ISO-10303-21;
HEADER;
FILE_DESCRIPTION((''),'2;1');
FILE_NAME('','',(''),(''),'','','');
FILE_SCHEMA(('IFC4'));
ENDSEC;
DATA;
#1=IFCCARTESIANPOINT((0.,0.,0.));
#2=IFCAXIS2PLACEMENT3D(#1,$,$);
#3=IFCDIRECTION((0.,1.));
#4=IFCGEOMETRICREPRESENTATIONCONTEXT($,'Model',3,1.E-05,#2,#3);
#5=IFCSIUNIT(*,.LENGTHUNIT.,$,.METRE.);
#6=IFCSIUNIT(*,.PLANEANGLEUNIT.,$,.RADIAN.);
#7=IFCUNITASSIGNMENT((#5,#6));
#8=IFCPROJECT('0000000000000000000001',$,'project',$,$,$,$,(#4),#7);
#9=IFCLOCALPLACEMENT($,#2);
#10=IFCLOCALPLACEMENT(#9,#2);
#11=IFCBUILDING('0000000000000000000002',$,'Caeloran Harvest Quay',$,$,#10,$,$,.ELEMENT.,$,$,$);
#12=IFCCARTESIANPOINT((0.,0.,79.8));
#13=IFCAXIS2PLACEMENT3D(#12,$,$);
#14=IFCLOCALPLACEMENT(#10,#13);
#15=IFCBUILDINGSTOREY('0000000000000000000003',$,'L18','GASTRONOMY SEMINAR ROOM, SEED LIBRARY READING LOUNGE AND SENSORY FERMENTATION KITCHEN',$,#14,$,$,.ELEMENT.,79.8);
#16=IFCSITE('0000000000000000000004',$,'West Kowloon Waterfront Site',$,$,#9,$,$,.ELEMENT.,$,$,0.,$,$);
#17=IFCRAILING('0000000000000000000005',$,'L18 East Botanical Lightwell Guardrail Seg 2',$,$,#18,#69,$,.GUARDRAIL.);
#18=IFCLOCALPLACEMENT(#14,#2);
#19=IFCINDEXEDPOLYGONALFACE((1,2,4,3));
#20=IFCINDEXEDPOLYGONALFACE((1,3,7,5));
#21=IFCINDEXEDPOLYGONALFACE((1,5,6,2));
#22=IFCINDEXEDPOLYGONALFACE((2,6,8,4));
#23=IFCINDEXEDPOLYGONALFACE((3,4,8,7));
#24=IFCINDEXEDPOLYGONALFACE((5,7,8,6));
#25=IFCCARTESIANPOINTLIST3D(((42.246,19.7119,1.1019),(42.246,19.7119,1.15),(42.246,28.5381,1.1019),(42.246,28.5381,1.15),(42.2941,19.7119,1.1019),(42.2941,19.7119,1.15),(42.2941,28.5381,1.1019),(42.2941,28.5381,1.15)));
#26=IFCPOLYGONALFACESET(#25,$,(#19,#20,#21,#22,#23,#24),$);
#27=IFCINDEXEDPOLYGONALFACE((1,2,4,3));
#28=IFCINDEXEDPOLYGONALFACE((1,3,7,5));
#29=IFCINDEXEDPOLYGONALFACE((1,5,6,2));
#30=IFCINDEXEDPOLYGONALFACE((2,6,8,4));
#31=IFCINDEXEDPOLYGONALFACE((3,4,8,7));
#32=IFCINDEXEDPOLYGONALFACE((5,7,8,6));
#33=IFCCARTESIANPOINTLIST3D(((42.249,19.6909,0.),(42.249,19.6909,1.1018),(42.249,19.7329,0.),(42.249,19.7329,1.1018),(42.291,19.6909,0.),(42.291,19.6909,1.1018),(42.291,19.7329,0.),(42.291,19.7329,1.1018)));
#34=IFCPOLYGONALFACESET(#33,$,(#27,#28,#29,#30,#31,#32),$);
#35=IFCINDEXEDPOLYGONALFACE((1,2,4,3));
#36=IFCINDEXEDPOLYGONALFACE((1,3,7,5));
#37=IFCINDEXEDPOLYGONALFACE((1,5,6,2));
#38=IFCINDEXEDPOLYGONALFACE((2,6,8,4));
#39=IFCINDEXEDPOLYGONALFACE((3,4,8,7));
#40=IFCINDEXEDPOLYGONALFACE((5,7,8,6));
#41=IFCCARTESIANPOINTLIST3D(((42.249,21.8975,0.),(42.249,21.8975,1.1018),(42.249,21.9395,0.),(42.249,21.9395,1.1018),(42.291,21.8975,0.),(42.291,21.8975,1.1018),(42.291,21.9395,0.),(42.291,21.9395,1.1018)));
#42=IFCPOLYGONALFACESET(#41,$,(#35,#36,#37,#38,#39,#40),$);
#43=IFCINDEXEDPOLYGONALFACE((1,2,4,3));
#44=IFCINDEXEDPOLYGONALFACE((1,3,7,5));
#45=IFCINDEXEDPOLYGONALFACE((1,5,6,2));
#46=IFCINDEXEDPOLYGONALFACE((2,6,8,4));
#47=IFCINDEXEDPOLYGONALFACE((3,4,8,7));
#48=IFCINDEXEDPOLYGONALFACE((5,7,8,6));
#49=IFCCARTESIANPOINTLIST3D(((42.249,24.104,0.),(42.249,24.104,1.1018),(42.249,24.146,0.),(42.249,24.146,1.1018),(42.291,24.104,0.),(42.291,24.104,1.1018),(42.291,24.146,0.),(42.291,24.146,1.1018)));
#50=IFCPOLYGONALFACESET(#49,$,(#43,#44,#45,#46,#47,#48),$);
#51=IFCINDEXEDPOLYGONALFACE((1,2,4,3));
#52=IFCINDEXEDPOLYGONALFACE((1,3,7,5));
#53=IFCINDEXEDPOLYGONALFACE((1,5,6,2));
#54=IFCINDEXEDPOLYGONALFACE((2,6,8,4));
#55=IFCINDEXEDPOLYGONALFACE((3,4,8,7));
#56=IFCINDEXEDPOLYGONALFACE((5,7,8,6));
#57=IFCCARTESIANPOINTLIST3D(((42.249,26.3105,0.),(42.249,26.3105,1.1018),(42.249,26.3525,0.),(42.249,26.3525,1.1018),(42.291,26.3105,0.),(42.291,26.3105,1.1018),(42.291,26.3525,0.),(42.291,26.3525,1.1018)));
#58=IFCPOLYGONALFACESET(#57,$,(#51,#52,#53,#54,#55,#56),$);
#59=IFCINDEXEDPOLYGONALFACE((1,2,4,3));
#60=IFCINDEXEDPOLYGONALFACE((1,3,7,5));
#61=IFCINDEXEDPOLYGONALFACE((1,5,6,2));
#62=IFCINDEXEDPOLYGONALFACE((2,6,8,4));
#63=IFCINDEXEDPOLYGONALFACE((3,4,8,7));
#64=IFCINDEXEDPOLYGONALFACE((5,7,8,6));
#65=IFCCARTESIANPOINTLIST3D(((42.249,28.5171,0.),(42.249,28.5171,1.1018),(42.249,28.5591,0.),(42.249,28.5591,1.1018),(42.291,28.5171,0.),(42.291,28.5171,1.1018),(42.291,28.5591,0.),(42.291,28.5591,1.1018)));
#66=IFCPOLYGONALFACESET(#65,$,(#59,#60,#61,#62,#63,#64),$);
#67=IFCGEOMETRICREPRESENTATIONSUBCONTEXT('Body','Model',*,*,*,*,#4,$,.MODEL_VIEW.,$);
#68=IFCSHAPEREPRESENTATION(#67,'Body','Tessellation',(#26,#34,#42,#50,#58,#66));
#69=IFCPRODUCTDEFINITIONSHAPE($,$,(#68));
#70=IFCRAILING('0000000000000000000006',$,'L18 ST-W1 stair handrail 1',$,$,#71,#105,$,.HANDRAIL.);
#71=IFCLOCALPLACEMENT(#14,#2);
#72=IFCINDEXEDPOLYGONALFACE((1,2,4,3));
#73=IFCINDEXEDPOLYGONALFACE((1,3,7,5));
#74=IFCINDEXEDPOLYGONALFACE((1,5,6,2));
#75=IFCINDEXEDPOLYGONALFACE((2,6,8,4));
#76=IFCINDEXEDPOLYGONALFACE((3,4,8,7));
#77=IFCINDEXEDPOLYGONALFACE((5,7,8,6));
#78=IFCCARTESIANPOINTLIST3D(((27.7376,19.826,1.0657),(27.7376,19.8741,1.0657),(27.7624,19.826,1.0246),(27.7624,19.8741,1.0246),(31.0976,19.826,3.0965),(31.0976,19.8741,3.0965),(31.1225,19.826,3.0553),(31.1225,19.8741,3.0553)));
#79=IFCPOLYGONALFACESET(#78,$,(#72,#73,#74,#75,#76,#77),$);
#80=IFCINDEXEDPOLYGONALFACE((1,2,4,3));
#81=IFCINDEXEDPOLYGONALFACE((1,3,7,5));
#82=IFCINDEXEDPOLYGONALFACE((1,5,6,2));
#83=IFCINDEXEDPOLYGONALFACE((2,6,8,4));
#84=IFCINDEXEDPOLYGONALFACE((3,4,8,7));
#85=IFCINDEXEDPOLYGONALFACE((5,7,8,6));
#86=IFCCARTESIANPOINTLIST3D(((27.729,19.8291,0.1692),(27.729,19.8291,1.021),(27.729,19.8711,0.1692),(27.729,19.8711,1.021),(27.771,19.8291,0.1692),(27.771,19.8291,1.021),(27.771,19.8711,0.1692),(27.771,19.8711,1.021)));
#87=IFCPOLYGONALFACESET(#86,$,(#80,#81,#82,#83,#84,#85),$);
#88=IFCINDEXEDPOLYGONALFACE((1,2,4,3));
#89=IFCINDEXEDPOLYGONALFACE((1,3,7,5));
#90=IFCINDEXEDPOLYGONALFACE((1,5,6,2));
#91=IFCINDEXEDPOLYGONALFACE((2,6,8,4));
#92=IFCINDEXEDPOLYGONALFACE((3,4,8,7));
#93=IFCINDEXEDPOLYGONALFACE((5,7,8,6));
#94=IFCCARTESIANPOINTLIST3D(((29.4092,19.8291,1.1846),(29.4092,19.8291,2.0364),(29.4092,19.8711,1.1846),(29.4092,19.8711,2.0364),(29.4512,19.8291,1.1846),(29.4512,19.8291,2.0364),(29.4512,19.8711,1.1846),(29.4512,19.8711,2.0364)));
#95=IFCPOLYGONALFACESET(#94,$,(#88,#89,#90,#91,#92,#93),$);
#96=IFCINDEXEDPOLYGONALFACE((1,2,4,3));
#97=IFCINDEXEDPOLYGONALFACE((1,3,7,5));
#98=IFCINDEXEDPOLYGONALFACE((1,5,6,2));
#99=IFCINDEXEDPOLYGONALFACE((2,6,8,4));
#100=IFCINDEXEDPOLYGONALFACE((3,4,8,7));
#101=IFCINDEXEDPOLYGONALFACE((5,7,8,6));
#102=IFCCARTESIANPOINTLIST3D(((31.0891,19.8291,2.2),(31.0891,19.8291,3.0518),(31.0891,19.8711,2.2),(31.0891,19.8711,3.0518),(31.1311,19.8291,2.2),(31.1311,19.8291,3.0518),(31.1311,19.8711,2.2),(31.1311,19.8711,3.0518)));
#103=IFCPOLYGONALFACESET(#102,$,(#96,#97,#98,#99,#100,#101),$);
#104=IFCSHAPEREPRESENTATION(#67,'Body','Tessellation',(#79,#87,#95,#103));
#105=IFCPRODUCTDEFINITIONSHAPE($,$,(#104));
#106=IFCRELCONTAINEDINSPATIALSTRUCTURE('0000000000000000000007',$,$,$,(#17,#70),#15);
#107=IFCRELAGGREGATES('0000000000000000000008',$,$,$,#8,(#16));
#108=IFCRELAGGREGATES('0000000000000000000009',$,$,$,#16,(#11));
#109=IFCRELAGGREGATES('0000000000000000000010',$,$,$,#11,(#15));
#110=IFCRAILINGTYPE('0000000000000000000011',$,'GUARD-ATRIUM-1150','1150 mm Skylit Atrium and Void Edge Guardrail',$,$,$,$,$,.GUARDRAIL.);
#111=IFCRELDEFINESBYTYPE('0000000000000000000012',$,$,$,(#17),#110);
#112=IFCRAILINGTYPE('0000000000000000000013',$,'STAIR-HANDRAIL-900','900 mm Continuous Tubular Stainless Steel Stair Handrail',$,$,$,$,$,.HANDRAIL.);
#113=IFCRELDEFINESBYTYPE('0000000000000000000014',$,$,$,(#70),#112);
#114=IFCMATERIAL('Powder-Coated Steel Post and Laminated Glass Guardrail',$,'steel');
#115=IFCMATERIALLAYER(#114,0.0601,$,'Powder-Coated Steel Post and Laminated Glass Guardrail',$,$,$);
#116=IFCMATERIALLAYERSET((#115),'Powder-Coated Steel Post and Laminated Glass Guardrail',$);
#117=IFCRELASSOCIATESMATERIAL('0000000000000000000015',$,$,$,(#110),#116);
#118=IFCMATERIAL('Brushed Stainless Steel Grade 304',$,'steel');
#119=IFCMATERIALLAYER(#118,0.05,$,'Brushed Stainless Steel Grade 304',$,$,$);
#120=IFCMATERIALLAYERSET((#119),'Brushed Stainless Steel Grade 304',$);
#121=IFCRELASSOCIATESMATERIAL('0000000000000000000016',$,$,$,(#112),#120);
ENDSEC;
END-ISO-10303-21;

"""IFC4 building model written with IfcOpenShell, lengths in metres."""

from ifc_helpers import new_model, si_unit, direction, frame, origin, origin_2d, place, context, subcontext, project, spatial, rectangle, extrude, material, layer, layer_set, type_object, element, save


model = new_model("IFC4")

# Units and contexts
model_context = context("Model", 3, precision=1e-05, world=origin(), true_north=direction((0.0, 1.0)))
body_context = subcontext(model_context, "Body", "Model", "MODEL_VIEW")
ifc_project = project(units=[si_unit("LENGTHUNIT", "METRE"), si_unit("PLANEANGLEUNIT", "RADIAN")], contexts=[model_context])

# Site, building, storey
site_placement = place(None, origin())
site = spatial("IfcSite", under=ifc_project, at=site_placement, Name="West Kowloon Waterfront Site", CompositionType="ELEMENT", RefElevation=0.0)
building_placement = place(site_placement, origin())
building = spatial("IfcBuilding", under=site, at=building_placement, Name="Caeloran Harvest Quay", CompositionType="ELEMENT")
storey_placement = place(building_placement, frame((0.0, 0.0, 79.8)))
storey = spatial("IfcBuildingStorey", under=building, at=storey_placement, Name="L18", Description="GASTRONOMY SEMINAR ROOM, SEED LIBRARY READING LOUNGE AND SENSORY FERMENTATION KITCHEN", CompositionType="ELEMENT", Elevation=79.8)

# Railings
ifc_material_1 = material(Name="Powder-Coated Steel Post and Laminated Glass Guardrail", Category="steel")
ifc_layer_1 = layer(ifc_material_1, 0.0601, Name="Powder-Coated Steel Post and Laminated Glass Guardrail")
ifc_layer_set_1 = layer_set([ifc_layer_1], Name="Powder-Coated Steel Post and Laminated Glass Guardrail")
railing_type_1 = type_object("IfcRailingType", Name="GUARD-ATRIUM-1150", Description="1150 mm Skylit Atrium and Void Edge Guardrail", PredefinedType="GUARDRAIL", material=ifc_layer_set_1)
railing_1_placement = place(storey_placement, frame((42.27, 19.7119, 0.0)))
element("IfcRailing", 1, at=railing_1_placement, inside=storey, type_object=railing_type_1, Name="L18 East Botanical Lightwell Guardrail Seg 2", PredefinedType="GUARDRAIL", context=body_context, shape_type="SweptSolid", body=[
    extrude(rectangle(XDim=0.0481, YDim=0.0481, at=origin_2d()), frame((0.0, 0.0, 1.126), z_axis=(0.0, 1.0, 0.0), x_axis=(-1.0, 0.0, 0.0)), (0.0, 0.0, 1.0), 8.8262),
    extrude(rectangle(XDim=0.042, YDim=0.042, at=origin_2d()), origin(), (0.0, 0.0, 1.0), 1.1018),
    extrude(rectangle(XDim=0.042, YDim=0.042, at=origin_2d()), frame((0.0, 2.2065, 0.0)), (0.0, 0.0, 1.0), 1.1018),
    extrude(rectangle(XDim=0.042, YDim=0.042, at=origin_2d()), frame((0.0, 4.4131, 0.0)), (0.0, 0.0, 1.0), 1.1018),
    extrude(rectangle(XDim=0.042, YDim=0.042, at=origin_2d()), frame((0.0, 6.6196, 0.0)), (0.0, 0.0, 1.0), 1.1018),
    extrude(rectangle(XDim=0.042, YDim=0.042, at=origin_2d()), frame((0.0, 8.8262, 0.0)), (0.0, 0.0, 1.0), 1.1018),
])
ifc_material_2 = material(Name="Brushed Stainless Steel Grade 304", Category="steel")
ifc_layer_2 = layer(ifc_material_2, 0.05, Name="Brushed Stainless Steel Grade 304")
ifc_layer_set_2 = layer_set([ifc_layer_2], Name="Brushed Stainless Steel Grade 304")
railing_type_2 = type_object("IfcRailingType", Name="STAIR-HANDRAIL-900", Description="900 mm Continuous Tubular Stainless Steel Stair Handrail", PredefinedType="HANDRAIL", material=ifc_layer_set_2)
railing_2_placement = place(storey_placement, frame((27.75, 19.8501, 0.1692)))
element("IfcRailing", 2, at=railing_2_placement, inside=storey, type_object=railing_type_2, Name="L18 ST-W1 stair handrail 1", PredefinedType="HANDRAIL", context=body_context, shape_type="SweptSolid", body=[
    extrude(rectangle(XDim=0.0481, YDim=0.0481, at=origin_2d()), frame((0.0, 0.0, 0.876), z_axis=(0.855837, 0.0, 0.517246), x_axis=(0.0, 1.0, 0.0)), (0.0, 0.0, 1.0), 3.926),
    extrude(rectangle(XDim=0.042, YDim=0.042, at=origin_2d()), origin(), (0.0, 0.0, 1.0), 0.8518),
    extrude(rectangle(XDim=0.042, YDim=0.042, at=origin_2d()), frame((1.6802, 0.0, 1.0154)), (0.0, 0.0, 1.0), 0.8518),
    extrude(rectangle(XDim=0.042, YDim=0.042, at=origin_2d()), frame((3.3601, 0.0, 2.0308)), (0.0, 0.0, 1.0), 0.8518),
])

save(model, "model.ifc")
